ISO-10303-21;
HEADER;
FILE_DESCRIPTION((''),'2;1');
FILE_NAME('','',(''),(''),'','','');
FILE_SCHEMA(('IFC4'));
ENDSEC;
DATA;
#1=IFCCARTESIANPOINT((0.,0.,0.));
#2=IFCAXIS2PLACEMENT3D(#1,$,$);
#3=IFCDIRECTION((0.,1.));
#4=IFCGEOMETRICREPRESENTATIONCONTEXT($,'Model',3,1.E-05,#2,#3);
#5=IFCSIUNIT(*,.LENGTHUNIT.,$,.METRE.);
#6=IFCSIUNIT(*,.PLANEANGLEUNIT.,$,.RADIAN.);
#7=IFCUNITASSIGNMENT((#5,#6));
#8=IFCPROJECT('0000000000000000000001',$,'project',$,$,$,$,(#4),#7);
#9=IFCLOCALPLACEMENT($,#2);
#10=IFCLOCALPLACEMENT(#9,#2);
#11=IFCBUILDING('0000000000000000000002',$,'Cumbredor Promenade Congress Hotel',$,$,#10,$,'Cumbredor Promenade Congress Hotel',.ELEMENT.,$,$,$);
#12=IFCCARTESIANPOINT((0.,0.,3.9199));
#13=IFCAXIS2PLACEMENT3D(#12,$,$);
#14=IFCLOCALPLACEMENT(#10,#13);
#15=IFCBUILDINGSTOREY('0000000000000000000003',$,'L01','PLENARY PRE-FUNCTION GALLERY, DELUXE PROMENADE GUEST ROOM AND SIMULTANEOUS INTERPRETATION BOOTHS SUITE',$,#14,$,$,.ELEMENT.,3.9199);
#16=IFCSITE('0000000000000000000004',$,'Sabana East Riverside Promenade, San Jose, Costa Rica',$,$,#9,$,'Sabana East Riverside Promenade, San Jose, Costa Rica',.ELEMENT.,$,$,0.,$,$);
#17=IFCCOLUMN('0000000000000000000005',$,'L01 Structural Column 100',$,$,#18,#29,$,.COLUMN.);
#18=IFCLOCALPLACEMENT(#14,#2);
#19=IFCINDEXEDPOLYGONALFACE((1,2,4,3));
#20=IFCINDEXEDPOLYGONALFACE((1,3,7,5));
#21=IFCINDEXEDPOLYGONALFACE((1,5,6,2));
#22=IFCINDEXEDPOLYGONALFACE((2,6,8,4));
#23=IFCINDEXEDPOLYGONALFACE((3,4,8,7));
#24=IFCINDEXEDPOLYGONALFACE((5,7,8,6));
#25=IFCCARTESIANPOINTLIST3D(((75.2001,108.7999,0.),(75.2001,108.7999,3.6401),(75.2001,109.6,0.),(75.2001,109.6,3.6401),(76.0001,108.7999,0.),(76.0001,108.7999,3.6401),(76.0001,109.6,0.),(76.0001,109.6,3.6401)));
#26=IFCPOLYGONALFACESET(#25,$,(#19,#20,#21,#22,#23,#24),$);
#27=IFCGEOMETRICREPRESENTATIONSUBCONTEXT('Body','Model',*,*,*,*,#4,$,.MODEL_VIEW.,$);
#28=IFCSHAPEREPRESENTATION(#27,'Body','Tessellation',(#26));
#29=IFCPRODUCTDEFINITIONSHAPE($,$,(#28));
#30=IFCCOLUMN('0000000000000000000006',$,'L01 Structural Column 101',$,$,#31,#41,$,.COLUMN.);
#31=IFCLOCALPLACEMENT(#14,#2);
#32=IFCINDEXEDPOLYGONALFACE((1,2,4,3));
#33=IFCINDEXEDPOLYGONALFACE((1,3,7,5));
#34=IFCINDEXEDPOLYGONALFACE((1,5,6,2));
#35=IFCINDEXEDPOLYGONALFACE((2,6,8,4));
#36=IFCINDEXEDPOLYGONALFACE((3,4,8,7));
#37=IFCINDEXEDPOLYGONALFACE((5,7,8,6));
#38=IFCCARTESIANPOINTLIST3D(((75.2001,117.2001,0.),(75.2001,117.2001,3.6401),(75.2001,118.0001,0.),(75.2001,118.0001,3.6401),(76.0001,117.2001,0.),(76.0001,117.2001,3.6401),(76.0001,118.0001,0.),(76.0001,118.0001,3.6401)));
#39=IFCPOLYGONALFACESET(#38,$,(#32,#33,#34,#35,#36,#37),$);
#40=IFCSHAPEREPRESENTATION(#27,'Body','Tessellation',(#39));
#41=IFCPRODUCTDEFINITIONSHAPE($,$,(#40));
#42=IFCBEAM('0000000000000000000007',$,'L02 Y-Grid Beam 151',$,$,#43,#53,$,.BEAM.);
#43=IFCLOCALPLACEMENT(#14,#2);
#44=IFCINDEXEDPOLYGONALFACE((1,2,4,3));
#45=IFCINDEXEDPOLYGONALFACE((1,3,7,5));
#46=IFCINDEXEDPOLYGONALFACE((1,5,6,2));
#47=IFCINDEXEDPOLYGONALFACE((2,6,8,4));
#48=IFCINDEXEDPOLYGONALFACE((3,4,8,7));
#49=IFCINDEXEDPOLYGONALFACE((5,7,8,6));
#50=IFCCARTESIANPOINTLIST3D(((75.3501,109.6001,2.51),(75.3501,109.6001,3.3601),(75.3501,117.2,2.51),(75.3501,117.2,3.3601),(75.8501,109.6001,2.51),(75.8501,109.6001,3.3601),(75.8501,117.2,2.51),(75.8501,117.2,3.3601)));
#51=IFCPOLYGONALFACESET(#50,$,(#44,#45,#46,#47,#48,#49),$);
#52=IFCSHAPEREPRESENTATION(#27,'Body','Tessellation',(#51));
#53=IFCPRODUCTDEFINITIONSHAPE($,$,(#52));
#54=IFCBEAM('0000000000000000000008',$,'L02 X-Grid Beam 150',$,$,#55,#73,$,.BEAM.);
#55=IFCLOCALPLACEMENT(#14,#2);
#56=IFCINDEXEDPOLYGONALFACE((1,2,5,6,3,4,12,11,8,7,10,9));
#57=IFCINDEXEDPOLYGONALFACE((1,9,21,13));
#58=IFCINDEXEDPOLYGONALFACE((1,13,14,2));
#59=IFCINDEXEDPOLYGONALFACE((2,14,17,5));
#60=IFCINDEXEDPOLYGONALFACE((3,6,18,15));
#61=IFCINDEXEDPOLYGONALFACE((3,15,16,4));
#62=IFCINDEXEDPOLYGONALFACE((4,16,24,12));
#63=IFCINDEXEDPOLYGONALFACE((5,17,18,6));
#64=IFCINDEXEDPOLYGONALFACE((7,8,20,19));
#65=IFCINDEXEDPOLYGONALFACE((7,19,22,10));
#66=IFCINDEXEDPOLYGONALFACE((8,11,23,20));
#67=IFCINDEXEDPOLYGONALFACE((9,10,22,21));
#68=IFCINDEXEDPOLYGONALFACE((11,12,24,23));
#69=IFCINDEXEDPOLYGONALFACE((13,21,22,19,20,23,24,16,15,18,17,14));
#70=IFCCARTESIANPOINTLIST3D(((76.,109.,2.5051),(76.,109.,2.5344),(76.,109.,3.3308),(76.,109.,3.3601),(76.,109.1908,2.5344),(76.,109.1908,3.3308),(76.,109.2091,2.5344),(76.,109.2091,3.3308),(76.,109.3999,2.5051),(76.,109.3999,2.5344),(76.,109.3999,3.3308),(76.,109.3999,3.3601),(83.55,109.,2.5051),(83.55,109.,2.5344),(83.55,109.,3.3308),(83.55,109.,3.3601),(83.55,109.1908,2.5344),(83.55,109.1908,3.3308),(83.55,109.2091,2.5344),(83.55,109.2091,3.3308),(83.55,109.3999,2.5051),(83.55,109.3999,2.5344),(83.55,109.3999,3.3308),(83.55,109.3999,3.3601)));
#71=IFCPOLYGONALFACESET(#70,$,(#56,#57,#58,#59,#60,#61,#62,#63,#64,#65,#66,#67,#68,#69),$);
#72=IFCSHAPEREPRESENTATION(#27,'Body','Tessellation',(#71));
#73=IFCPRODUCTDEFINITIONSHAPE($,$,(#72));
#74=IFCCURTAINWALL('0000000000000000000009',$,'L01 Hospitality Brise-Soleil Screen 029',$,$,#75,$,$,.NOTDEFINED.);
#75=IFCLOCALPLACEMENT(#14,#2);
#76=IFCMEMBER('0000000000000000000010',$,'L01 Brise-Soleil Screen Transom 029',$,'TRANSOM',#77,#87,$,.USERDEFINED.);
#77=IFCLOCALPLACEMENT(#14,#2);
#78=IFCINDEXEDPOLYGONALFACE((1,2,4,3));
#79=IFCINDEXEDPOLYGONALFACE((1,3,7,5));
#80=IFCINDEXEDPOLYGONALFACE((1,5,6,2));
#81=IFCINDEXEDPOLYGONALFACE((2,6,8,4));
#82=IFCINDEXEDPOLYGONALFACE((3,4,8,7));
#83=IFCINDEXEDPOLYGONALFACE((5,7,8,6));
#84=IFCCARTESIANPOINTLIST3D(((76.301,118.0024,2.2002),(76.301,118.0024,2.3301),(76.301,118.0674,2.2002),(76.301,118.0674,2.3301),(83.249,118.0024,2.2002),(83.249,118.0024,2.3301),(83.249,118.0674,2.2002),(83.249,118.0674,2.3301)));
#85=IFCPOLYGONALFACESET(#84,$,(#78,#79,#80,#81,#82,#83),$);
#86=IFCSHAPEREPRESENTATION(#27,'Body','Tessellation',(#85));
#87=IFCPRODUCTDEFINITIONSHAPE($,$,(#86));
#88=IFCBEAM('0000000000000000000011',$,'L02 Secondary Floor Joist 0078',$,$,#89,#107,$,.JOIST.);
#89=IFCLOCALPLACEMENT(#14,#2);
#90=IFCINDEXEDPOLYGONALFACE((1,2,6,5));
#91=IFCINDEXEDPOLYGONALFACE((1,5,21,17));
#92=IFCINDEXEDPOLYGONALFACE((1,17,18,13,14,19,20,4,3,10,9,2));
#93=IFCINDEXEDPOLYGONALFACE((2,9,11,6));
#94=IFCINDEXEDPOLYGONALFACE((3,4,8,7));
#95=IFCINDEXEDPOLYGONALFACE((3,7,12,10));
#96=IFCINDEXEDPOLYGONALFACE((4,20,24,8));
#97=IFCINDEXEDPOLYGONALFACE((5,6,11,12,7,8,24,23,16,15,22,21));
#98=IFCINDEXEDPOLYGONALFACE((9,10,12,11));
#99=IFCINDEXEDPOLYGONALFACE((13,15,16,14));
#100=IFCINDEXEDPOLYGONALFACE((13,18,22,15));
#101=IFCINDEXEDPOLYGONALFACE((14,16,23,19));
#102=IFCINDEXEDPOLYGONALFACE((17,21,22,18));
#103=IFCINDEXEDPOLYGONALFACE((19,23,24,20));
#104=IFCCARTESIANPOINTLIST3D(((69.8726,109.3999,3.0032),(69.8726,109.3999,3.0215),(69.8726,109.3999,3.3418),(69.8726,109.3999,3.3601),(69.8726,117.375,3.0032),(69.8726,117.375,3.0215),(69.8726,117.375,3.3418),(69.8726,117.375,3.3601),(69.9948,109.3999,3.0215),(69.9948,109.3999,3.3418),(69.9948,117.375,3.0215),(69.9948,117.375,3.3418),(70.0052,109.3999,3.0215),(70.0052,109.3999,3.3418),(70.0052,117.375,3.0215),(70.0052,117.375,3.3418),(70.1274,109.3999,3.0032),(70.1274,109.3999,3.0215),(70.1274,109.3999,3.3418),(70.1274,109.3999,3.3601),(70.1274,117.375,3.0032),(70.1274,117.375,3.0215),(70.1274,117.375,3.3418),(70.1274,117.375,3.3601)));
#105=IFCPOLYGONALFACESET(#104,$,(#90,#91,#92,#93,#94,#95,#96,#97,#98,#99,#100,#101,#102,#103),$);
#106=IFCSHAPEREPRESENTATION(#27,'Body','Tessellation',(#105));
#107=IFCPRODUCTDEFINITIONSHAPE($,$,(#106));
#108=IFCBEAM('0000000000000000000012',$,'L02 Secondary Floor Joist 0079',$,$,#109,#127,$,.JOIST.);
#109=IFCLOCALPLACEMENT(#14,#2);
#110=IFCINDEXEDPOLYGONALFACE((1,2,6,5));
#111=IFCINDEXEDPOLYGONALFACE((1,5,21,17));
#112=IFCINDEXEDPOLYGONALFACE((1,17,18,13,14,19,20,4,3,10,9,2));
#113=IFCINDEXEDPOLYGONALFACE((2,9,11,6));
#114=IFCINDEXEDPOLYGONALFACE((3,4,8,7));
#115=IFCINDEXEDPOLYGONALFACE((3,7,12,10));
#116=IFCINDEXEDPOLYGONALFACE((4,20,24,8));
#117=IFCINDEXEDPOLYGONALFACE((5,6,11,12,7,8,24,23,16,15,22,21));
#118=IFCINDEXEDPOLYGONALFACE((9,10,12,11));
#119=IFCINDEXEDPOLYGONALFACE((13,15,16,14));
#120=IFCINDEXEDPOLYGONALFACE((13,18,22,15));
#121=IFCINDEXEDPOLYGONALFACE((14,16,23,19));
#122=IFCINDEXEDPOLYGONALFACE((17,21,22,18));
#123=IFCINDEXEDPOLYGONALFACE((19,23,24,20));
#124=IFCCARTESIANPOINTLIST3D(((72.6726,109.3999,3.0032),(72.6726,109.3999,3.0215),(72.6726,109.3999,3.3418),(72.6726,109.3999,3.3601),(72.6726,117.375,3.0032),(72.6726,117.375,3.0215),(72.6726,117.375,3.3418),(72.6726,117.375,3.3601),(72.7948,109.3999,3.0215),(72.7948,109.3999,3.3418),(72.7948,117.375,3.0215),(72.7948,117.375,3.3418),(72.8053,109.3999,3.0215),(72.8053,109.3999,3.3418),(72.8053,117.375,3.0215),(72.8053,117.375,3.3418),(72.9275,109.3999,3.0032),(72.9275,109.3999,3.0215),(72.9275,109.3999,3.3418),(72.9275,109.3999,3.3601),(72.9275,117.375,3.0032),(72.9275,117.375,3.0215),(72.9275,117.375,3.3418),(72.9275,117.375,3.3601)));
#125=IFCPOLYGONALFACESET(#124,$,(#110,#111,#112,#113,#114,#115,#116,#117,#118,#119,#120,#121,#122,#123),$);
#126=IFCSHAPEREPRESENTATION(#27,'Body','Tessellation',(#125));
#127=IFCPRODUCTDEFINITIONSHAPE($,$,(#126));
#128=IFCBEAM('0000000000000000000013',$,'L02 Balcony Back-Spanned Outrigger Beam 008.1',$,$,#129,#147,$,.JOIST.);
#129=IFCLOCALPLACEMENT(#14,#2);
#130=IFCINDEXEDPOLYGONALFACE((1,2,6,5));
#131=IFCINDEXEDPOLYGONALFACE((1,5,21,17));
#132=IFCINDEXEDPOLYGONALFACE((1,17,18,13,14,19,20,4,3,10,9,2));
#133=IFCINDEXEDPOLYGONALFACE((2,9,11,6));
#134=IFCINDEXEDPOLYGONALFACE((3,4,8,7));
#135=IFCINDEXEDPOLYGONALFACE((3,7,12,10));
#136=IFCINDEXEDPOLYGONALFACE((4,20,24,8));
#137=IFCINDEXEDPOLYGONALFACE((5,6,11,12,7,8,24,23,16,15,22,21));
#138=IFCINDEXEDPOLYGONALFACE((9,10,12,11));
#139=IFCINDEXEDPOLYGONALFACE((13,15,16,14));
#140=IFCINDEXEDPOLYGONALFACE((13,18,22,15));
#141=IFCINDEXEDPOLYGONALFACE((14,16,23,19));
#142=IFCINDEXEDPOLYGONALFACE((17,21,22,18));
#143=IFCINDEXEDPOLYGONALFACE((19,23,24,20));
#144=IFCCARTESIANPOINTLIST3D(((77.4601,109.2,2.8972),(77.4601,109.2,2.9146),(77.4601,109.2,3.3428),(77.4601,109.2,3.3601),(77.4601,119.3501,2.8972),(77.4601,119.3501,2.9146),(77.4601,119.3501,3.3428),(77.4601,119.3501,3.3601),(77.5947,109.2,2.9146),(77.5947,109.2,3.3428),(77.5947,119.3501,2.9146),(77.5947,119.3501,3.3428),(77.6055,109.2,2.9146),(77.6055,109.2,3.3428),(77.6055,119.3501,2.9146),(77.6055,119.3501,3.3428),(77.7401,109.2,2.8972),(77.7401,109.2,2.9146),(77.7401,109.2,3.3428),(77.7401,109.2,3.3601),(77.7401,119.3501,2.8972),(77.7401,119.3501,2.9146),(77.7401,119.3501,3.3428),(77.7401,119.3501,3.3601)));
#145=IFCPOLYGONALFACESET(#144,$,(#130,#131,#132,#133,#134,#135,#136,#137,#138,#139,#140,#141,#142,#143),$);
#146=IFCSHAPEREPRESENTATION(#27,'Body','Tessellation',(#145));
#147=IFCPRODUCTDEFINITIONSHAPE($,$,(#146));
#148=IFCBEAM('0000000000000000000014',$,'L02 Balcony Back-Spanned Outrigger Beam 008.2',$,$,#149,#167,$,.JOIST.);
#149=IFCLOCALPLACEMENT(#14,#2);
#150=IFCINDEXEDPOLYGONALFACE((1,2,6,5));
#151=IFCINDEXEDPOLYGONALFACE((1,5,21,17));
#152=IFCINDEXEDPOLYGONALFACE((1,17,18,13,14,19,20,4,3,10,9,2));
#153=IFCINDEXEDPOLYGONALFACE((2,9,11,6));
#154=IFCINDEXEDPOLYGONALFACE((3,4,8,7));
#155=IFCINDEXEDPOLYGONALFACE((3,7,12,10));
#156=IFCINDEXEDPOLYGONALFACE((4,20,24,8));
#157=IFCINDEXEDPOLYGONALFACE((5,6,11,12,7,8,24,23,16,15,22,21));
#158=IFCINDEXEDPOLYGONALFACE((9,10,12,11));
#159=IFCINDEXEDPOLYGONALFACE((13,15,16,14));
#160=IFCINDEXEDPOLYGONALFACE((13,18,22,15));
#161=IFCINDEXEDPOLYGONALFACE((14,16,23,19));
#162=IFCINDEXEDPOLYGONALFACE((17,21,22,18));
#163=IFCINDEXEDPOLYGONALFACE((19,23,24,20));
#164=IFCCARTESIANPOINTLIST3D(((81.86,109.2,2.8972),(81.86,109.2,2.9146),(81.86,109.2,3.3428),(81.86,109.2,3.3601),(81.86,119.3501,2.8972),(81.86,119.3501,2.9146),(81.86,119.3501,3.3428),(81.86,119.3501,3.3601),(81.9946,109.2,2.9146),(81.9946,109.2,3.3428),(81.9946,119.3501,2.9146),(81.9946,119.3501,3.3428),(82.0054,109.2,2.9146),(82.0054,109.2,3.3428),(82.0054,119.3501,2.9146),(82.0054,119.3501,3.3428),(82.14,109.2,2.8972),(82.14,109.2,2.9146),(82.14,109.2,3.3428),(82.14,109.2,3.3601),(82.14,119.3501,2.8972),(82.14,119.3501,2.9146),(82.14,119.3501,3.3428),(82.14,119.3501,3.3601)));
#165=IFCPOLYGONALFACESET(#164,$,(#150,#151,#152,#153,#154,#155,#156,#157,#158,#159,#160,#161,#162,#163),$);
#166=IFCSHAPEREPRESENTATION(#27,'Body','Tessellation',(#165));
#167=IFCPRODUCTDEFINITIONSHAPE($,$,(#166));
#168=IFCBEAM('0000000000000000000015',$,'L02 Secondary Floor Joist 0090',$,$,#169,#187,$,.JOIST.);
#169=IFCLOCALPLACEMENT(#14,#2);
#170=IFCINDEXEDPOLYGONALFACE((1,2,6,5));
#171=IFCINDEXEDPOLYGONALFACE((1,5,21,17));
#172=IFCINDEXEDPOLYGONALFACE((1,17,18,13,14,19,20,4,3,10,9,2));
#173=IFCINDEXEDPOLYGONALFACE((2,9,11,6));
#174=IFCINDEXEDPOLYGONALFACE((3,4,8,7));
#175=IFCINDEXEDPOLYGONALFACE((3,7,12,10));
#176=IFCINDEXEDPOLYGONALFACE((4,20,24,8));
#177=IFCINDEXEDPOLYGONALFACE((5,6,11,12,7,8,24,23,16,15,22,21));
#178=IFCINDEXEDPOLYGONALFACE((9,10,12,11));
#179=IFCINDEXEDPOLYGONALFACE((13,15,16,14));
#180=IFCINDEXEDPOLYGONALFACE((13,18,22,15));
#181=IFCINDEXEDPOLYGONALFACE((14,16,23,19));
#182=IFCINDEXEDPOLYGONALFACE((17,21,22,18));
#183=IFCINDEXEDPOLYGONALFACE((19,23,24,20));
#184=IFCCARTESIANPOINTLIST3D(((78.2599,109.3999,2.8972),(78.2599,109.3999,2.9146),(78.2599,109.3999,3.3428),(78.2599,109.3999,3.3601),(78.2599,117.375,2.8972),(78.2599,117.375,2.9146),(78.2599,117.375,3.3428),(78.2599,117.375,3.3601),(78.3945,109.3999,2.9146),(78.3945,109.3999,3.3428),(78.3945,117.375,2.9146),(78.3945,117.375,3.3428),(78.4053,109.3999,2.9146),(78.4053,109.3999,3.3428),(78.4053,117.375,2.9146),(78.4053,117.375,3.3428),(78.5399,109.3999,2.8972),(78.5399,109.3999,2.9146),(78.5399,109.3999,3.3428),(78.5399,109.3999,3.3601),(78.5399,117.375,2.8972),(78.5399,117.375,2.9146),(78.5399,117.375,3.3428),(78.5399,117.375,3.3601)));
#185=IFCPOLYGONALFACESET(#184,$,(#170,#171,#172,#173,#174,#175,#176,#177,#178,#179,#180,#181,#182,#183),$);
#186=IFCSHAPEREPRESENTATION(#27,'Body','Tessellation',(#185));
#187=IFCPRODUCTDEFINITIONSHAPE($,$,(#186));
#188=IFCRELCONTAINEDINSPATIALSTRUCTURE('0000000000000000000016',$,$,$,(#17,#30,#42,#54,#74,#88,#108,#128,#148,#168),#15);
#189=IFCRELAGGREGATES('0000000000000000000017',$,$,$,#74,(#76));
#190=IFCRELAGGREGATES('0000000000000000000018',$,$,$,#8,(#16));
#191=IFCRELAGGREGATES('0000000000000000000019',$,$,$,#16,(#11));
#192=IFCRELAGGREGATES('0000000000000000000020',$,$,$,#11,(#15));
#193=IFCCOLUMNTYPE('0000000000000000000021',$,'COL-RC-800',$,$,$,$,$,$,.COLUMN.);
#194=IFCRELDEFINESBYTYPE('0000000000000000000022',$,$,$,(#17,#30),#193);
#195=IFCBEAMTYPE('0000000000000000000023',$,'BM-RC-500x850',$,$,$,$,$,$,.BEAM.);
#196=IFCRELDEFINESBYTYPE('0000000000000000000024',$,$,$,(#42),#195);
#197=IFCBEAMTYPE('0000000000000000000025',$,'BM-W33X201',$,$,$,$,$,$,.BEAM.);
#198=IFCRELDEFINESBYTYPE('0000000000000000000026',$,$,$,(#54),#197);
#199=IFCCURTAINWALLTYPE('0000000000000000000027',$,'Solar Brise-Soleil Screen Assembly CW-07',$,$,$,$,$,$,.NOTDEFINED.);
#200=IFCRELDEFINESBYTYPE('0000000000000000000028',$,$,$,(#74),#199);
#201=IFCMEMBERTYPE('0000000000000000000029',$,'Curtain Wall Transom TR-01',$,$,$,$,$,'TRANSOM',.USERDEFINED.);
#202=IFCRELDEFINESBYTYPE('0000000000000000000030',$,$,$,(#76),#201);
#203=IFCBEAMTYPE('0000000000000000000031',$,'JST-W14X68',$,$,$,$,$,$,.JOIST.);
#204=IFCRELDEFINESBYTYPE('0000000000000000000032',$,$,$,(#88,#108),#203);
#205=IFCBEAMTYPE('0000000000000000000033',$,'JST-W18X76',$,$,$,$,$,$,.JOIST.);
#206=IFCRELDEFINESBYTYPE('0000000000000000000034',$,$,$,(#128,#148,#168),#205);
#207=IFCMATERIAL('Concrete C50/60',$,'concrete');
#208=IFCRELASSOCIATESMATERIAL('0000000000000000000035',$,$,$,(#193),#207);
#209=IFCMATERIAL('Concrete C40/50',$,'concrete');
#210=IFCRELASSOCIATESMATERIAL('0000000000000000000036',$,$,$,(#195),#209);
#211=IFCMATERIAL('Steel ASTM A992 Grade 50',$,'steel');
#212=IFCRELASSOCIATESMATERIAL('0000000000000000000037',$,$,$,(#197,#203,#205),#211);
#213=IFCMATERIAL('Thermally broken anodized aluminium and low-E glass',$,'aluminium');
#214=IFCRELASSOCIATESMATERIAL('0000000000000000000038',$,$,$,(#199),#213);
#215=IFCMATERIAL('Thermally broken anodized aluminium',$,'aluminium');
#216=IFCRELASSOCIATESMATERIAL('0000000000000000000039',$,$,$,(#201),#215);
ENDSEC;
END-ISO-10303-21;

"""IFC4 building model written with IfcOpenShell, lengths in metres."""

from ifc_helpers import new_model, si_unit, direction, frame, origin, origin_2d, place, context, subcontext, project, spatial, rectangle, i_section, extrude, material, material_profile, profile_set, type_object, element, aggregate, save


model = new_model("IFC4")

# Units and contexts
model_context = context("Model", 3, precision=1e-05, world=origin(), true_north=direction((0.0, 1.0)))
body_context = subcontext(model_context, "Body", "Model", "MODEL_VIEW")
ifc_project = project(units=[si_unit("LENGTHUNIT", "METRE"), si_unit("PLANEANGLEUNIT", "RADIAN")], contexts=[model_context])

# Site, building, storey
site_placement = place(None, origin())
site = spatial("IfcSite", under=ifc_project, at=site_placement, Name="Sabana East Riverside Promenade, San Jose, Costa Rica", LongName="Sabana East Riverside Promenade, San Jose, Costa Rica", CompositionType="ELEMENT", RefElevation=0.0)
building_placement = place(site_placement, origin())
building = spatial("IfcBuilding", under=site, at=building_placement, Name="Cumbredor Promenade Congress Hotel", LongName="Cumbredor Promenade Congress Hotel", CompositionType="ELEMENT")
storey_placement = place(building_placement, frame((0.0, 0.0, 3.9199)))
storey = spatial("IfcBuildingStorey", under=building, at=storey_placement, Name="L01", Description="PLENARY PRE-FUNCTION GALLERY, DELUXE PROMENADE GUEST ROOM AND SIMULTANEOUS INTERPRETATION BOOTHS SUITE", CompositionType="ELEMENT", Elevation=3.9199)

# Columns
ifc_material_1 = material(Name="Concrete C50/60", Category="concrete")
ifc_material_profile_1 = material_profile(ifc_material_1, rectangle(XDim=0.8, YDim=0.8, at=origin_2d()), Name="RC 800x800")
ifc_profile_set_1 = profile_set([ifc_material_profile_1], Name="Concrete C50/60")
column_type = type_object("IfcColumnType", Name="COL-RC-800", PredefinedType="COLUMN", material=ifc_profile_set_1)
for number, where, z_axis, x_axis, name in (
    (1, (75.6001, 109.2, 0.0), (0.0, 0.0, 1.0), (1.0, 0.0, 0.0), "L01 Structural Column 100"),
    (2, (75.6001, 117.6001, 0.0), (0.0, 0.0, 1.0), (1.0, 0.0, 0.0), "L01 Structural Column 101"),
):
    element("IfcColumn", number, at=place(storey_placement, frame(where, z_axis=z_axis, x_axis=x_axis)), inside=storey, type_object=column_type, Name=name, PredefinedType="COLUMN", context=body_context, shape_type="SweptSolid", body=[
        extrude(rectangle(XDim=0.8, YDim=0.8, at=origin_2d()), origin(), (0.0, 0.0, 1.0), 3.6401),
    ])

# Beams
ifc_material_2 = material(Name="Concrete C40/50", Category="concrete")
ifc_material_profile_2 = material_profile(ifc_material_2, rectangle(XDim=0.5, YDim=0.8501, at=origin_2d()), Name="RC BEAM 500x850")
ifc_profile_set_2 = profile_set([ifc_material_profile_2], Name="Concrete C40/50")
beam_type_1 = type_object("IfcBeamType", Name="BM-RC-500x850", PredefinedType="BEAM", material=ifc_profile_set_2)
beam_1_placement = place(storey_placement, frame((75.6001, 109.6001, 2.9351), z_axis=(0.0, 1.0, 0.0), x_axis=(-1.0, 0.0, 0.0)))
element("IfcBeam", 3, at=beam_1_placement, inside=storey, type_object=beam_type_1, Name="L02 Y-Grid Beam 151", PredefinedType="BEAM", context=body_context, shape_type="SweptSolid", body=[
    extrude(rectangle(XDim=0.5, YDim=0.8501, at=origin_2d()), origin(), (0.0, 0.0, 1.0), 7.5999),
])
ifc_material_3 = material(Name="Steel ASTM A992 Grade 50", Category="steel")
ifc_material_profile_3 = material_profile(ifc_material_3, i_section(OverallWidth=0.3999, OverallDepth=0.855, WebThickness=0.0183, FlangeThickness=0.0293, at=origin_2d()), Name="W33X201")
ifc_profile_set_3 = profile_set([ifc_material_profile_3], Name="Steel ASTM A992 Grade 50")
beam_type_2 = type_object("IfcBeamType", Name="BM-W33X201", PredefinedType="BEAM", material=ifc_profile_set_3)
beam_2_placement = place(storey_placement, frame((76.0, 109.2, 2.9326), z_axis=(1.0, 0.0, 0.0), x_axis=(0.0, 1.0, 0.0)))
element("IfcBeam", 4, at=beam_2_placement, inside=storey, type_object=beam_type_2, Name="L02 X-Grid Beam 150", PredefinedType="BEAM", context=body_context, shape_type="SweptSolid", body=[
    extrude(i_section(OverallWidth=0.3999, OverallDepth=0.855, WebThickness=0.0183, FlangeThickness=0.0293, at=origin_2d()), origin(), (0.0, 0.0, 1.0), 7.55),
])

# Curtain wall, member
ifc_material_4 = material(Name="Thermally broken anodized aluminium and low-E glass", Category="aluminium")
curtain_wall_type = type_object("IfcCurtainWallType", Name="Solar Brise-Soleil Screen Assembly CW-07", PredefinedType="NOTDEFINED", material=ifc_material_4)
curtain_wall_1_placement = place(storey_placement, origin())
curtain_wall_1 = element("IfcCurtainWall", 5, at=curtain_wall_1_placement, inside=storey, type_object=curtain_wall_type, Name="L01 Hospitality Brise-Soleil Screen 029", PredefinedType="NOTDEFINED")
ifc_material_5 = material(Name="Thermally broken anodized aluminium", Category="aluminium")
ifc_material_profile_4 = material_profile(ifc_material_5, rectangle(XDim=0.0649, YDim=0.1299, at=origin_2d()), Name="ALU TRANSOM 65x130")
ifc_profile_set_4 = profile_set([ifc_material_profile_4], Name="Thermally broken anodized aluminium")
member_type_1 = type_object("IfcMemberType", Name="Curtain Wall Transom TR-01", ElementType="TRANSOM", PredefinedType="USERDEFINED", material=ifc_profile_set_4)
member_1_placement = place(storey_placement, frame((76.301, 118.0349, 2.2651), z_axis=(1.0, 0.0, 0.0), x_axis=(0.0, 1.0, 0.0)))
member_1 = element("IfcMember", 6, at=member_1_placement, type_object=member_type_1, Name="L01 Brise-Soleil Screen Transom 029", ObjectType="TRANSOM", PredefinedType="USERDEFINED", context=body_context, shape_type="SweptSolid", body=[
    extrude(rectangle(XDim=0.0649, YDim=0.1299, at=origin_2d()), origin(), (0.0, 0.0, 1.0), 6.948),
])

# Beams
ifc_material_profile_5 = material_profile(ifc_material_3, i_section(OverallWidth=0.2549, OverallDepth=0.3569, WebThickness=0.0105, FlangeThickness=0.0183, at=origin_2d()), Name="W14X68")
ifc_profile_set_5 = profile_set([ifc_material_profile_5], Name="Steel ASTM A992 Grade 50")
beam_type_3 = type_object("IfcBeamType", Name="JST-W14X68", PredefinedType="JOIST", material=ifc_profile_set_5)
for number, where, z_axis, x_axis, name in (
    (7, (70.0, 109.3999, 3.1816), (0.0, 1.0, 0.0), (-1.0, 0.0, 0.0), "L02 Secondary Floor Joist 0078"),
    (8, (72.8, 109.3999, 3.1816), (0.0, 1.0, 0.0), (-1.0, 0.0, 0.0), "L02 Secondary Floor Joist 0079"),
):
    element("IfcBeam", number, at=place(storey_placement, frame(where, z_axis=z_axis, x_axis=x_axis)), inside=storey, type_object=beam_type_3, Name=name, PredefinedType="JOIST", context=body_context, shape_type="SweptSolid", body=[
        extrude(i_section(OverallWidth=0.2549, OverallDepth=0.3569, WebThickness=0.0105, FlangeThickness=0.0183, at=origin_2d()), origin(), (0.0, 0.0, 1.0), 7.9751),
    ])
ifc_material_profile_6 = material_profile(ifc_material_3, i_section(OverallWidth=0.28, OverallDepth=0.4629, WebThickness=0.0107, FlangeThickness=0.0173, at=origin_2d()), Name="W18X76")
ifc_profile_set_6 = profile_set([ifc_material_profile_6], Name="Steel ASTM A992 Grade 50")
beam_type_4 = type_object("IfcBeamType", Name="JST-W18X76", PredefinedType="JOIST", material=ifc_profile_set_6)
for number, where, z_axis, x_axis, name in (
    (9, (77.6001, 109.2, 3.1287), (0.0, 1.0, 0.0), (-1.0, 0.0, 0.0), "L02 Balcony Back-Spanned Outrigger Beam 008.1"),
    (10, (82.0, 109.2, 3.1287), (0.0, 1.0, 0.0), (-1.0, 0.0, 0.0), "L02 Balcony Back-Spanned Outrigger Beam 008.2"),
):
    element("IfcBeam", number, at=place(storey_placement, frame(where, z_axis=z_axis, x_axis=x_axis)), inside=storey, type_object=beam_type_4, Name=name, PredefinedType="JOIST", context=body_context, shape_type="SweptSolid", body=[
        extrude(i_section(OverallWidth=0.28, OverallDepth=0.4629, WebThickness=0.0107, FlangeThickness=0.0173, at=origin_2d()), origin(), (0.0, 0.0, 1.0), 10.1501),
    ])
for number, where, z_axis, x_axis, name in (
    (11, (78.3999, 109.3999, 3.1287), (0.0, 1.0, 0.0), (-1.0, 0.0, 0.0), "L02 Secondary Floor Joist 0090"),
):
    element("IfcBeam", number, at=place(storey_placement, frame(where, z_axis=z_axis, x_axis=x_axis)), inside=storey, type_object=beam_type_4, Name=name, PredefinedType="JOIST", context=body_context, shape_type="SweptSolid", body=[
        extrude(i_section(OverallWidth=0.28, OverallDepth=0.4629, WebThickness=0.0107, FlangeThickness=0.0173, at=origin_2d()), origin(), (0.0, 0.0, 1.0), 7.9751),
    ])

aggregate(curtain_wall_1, [member_1])

save(model, "model.ifc")
